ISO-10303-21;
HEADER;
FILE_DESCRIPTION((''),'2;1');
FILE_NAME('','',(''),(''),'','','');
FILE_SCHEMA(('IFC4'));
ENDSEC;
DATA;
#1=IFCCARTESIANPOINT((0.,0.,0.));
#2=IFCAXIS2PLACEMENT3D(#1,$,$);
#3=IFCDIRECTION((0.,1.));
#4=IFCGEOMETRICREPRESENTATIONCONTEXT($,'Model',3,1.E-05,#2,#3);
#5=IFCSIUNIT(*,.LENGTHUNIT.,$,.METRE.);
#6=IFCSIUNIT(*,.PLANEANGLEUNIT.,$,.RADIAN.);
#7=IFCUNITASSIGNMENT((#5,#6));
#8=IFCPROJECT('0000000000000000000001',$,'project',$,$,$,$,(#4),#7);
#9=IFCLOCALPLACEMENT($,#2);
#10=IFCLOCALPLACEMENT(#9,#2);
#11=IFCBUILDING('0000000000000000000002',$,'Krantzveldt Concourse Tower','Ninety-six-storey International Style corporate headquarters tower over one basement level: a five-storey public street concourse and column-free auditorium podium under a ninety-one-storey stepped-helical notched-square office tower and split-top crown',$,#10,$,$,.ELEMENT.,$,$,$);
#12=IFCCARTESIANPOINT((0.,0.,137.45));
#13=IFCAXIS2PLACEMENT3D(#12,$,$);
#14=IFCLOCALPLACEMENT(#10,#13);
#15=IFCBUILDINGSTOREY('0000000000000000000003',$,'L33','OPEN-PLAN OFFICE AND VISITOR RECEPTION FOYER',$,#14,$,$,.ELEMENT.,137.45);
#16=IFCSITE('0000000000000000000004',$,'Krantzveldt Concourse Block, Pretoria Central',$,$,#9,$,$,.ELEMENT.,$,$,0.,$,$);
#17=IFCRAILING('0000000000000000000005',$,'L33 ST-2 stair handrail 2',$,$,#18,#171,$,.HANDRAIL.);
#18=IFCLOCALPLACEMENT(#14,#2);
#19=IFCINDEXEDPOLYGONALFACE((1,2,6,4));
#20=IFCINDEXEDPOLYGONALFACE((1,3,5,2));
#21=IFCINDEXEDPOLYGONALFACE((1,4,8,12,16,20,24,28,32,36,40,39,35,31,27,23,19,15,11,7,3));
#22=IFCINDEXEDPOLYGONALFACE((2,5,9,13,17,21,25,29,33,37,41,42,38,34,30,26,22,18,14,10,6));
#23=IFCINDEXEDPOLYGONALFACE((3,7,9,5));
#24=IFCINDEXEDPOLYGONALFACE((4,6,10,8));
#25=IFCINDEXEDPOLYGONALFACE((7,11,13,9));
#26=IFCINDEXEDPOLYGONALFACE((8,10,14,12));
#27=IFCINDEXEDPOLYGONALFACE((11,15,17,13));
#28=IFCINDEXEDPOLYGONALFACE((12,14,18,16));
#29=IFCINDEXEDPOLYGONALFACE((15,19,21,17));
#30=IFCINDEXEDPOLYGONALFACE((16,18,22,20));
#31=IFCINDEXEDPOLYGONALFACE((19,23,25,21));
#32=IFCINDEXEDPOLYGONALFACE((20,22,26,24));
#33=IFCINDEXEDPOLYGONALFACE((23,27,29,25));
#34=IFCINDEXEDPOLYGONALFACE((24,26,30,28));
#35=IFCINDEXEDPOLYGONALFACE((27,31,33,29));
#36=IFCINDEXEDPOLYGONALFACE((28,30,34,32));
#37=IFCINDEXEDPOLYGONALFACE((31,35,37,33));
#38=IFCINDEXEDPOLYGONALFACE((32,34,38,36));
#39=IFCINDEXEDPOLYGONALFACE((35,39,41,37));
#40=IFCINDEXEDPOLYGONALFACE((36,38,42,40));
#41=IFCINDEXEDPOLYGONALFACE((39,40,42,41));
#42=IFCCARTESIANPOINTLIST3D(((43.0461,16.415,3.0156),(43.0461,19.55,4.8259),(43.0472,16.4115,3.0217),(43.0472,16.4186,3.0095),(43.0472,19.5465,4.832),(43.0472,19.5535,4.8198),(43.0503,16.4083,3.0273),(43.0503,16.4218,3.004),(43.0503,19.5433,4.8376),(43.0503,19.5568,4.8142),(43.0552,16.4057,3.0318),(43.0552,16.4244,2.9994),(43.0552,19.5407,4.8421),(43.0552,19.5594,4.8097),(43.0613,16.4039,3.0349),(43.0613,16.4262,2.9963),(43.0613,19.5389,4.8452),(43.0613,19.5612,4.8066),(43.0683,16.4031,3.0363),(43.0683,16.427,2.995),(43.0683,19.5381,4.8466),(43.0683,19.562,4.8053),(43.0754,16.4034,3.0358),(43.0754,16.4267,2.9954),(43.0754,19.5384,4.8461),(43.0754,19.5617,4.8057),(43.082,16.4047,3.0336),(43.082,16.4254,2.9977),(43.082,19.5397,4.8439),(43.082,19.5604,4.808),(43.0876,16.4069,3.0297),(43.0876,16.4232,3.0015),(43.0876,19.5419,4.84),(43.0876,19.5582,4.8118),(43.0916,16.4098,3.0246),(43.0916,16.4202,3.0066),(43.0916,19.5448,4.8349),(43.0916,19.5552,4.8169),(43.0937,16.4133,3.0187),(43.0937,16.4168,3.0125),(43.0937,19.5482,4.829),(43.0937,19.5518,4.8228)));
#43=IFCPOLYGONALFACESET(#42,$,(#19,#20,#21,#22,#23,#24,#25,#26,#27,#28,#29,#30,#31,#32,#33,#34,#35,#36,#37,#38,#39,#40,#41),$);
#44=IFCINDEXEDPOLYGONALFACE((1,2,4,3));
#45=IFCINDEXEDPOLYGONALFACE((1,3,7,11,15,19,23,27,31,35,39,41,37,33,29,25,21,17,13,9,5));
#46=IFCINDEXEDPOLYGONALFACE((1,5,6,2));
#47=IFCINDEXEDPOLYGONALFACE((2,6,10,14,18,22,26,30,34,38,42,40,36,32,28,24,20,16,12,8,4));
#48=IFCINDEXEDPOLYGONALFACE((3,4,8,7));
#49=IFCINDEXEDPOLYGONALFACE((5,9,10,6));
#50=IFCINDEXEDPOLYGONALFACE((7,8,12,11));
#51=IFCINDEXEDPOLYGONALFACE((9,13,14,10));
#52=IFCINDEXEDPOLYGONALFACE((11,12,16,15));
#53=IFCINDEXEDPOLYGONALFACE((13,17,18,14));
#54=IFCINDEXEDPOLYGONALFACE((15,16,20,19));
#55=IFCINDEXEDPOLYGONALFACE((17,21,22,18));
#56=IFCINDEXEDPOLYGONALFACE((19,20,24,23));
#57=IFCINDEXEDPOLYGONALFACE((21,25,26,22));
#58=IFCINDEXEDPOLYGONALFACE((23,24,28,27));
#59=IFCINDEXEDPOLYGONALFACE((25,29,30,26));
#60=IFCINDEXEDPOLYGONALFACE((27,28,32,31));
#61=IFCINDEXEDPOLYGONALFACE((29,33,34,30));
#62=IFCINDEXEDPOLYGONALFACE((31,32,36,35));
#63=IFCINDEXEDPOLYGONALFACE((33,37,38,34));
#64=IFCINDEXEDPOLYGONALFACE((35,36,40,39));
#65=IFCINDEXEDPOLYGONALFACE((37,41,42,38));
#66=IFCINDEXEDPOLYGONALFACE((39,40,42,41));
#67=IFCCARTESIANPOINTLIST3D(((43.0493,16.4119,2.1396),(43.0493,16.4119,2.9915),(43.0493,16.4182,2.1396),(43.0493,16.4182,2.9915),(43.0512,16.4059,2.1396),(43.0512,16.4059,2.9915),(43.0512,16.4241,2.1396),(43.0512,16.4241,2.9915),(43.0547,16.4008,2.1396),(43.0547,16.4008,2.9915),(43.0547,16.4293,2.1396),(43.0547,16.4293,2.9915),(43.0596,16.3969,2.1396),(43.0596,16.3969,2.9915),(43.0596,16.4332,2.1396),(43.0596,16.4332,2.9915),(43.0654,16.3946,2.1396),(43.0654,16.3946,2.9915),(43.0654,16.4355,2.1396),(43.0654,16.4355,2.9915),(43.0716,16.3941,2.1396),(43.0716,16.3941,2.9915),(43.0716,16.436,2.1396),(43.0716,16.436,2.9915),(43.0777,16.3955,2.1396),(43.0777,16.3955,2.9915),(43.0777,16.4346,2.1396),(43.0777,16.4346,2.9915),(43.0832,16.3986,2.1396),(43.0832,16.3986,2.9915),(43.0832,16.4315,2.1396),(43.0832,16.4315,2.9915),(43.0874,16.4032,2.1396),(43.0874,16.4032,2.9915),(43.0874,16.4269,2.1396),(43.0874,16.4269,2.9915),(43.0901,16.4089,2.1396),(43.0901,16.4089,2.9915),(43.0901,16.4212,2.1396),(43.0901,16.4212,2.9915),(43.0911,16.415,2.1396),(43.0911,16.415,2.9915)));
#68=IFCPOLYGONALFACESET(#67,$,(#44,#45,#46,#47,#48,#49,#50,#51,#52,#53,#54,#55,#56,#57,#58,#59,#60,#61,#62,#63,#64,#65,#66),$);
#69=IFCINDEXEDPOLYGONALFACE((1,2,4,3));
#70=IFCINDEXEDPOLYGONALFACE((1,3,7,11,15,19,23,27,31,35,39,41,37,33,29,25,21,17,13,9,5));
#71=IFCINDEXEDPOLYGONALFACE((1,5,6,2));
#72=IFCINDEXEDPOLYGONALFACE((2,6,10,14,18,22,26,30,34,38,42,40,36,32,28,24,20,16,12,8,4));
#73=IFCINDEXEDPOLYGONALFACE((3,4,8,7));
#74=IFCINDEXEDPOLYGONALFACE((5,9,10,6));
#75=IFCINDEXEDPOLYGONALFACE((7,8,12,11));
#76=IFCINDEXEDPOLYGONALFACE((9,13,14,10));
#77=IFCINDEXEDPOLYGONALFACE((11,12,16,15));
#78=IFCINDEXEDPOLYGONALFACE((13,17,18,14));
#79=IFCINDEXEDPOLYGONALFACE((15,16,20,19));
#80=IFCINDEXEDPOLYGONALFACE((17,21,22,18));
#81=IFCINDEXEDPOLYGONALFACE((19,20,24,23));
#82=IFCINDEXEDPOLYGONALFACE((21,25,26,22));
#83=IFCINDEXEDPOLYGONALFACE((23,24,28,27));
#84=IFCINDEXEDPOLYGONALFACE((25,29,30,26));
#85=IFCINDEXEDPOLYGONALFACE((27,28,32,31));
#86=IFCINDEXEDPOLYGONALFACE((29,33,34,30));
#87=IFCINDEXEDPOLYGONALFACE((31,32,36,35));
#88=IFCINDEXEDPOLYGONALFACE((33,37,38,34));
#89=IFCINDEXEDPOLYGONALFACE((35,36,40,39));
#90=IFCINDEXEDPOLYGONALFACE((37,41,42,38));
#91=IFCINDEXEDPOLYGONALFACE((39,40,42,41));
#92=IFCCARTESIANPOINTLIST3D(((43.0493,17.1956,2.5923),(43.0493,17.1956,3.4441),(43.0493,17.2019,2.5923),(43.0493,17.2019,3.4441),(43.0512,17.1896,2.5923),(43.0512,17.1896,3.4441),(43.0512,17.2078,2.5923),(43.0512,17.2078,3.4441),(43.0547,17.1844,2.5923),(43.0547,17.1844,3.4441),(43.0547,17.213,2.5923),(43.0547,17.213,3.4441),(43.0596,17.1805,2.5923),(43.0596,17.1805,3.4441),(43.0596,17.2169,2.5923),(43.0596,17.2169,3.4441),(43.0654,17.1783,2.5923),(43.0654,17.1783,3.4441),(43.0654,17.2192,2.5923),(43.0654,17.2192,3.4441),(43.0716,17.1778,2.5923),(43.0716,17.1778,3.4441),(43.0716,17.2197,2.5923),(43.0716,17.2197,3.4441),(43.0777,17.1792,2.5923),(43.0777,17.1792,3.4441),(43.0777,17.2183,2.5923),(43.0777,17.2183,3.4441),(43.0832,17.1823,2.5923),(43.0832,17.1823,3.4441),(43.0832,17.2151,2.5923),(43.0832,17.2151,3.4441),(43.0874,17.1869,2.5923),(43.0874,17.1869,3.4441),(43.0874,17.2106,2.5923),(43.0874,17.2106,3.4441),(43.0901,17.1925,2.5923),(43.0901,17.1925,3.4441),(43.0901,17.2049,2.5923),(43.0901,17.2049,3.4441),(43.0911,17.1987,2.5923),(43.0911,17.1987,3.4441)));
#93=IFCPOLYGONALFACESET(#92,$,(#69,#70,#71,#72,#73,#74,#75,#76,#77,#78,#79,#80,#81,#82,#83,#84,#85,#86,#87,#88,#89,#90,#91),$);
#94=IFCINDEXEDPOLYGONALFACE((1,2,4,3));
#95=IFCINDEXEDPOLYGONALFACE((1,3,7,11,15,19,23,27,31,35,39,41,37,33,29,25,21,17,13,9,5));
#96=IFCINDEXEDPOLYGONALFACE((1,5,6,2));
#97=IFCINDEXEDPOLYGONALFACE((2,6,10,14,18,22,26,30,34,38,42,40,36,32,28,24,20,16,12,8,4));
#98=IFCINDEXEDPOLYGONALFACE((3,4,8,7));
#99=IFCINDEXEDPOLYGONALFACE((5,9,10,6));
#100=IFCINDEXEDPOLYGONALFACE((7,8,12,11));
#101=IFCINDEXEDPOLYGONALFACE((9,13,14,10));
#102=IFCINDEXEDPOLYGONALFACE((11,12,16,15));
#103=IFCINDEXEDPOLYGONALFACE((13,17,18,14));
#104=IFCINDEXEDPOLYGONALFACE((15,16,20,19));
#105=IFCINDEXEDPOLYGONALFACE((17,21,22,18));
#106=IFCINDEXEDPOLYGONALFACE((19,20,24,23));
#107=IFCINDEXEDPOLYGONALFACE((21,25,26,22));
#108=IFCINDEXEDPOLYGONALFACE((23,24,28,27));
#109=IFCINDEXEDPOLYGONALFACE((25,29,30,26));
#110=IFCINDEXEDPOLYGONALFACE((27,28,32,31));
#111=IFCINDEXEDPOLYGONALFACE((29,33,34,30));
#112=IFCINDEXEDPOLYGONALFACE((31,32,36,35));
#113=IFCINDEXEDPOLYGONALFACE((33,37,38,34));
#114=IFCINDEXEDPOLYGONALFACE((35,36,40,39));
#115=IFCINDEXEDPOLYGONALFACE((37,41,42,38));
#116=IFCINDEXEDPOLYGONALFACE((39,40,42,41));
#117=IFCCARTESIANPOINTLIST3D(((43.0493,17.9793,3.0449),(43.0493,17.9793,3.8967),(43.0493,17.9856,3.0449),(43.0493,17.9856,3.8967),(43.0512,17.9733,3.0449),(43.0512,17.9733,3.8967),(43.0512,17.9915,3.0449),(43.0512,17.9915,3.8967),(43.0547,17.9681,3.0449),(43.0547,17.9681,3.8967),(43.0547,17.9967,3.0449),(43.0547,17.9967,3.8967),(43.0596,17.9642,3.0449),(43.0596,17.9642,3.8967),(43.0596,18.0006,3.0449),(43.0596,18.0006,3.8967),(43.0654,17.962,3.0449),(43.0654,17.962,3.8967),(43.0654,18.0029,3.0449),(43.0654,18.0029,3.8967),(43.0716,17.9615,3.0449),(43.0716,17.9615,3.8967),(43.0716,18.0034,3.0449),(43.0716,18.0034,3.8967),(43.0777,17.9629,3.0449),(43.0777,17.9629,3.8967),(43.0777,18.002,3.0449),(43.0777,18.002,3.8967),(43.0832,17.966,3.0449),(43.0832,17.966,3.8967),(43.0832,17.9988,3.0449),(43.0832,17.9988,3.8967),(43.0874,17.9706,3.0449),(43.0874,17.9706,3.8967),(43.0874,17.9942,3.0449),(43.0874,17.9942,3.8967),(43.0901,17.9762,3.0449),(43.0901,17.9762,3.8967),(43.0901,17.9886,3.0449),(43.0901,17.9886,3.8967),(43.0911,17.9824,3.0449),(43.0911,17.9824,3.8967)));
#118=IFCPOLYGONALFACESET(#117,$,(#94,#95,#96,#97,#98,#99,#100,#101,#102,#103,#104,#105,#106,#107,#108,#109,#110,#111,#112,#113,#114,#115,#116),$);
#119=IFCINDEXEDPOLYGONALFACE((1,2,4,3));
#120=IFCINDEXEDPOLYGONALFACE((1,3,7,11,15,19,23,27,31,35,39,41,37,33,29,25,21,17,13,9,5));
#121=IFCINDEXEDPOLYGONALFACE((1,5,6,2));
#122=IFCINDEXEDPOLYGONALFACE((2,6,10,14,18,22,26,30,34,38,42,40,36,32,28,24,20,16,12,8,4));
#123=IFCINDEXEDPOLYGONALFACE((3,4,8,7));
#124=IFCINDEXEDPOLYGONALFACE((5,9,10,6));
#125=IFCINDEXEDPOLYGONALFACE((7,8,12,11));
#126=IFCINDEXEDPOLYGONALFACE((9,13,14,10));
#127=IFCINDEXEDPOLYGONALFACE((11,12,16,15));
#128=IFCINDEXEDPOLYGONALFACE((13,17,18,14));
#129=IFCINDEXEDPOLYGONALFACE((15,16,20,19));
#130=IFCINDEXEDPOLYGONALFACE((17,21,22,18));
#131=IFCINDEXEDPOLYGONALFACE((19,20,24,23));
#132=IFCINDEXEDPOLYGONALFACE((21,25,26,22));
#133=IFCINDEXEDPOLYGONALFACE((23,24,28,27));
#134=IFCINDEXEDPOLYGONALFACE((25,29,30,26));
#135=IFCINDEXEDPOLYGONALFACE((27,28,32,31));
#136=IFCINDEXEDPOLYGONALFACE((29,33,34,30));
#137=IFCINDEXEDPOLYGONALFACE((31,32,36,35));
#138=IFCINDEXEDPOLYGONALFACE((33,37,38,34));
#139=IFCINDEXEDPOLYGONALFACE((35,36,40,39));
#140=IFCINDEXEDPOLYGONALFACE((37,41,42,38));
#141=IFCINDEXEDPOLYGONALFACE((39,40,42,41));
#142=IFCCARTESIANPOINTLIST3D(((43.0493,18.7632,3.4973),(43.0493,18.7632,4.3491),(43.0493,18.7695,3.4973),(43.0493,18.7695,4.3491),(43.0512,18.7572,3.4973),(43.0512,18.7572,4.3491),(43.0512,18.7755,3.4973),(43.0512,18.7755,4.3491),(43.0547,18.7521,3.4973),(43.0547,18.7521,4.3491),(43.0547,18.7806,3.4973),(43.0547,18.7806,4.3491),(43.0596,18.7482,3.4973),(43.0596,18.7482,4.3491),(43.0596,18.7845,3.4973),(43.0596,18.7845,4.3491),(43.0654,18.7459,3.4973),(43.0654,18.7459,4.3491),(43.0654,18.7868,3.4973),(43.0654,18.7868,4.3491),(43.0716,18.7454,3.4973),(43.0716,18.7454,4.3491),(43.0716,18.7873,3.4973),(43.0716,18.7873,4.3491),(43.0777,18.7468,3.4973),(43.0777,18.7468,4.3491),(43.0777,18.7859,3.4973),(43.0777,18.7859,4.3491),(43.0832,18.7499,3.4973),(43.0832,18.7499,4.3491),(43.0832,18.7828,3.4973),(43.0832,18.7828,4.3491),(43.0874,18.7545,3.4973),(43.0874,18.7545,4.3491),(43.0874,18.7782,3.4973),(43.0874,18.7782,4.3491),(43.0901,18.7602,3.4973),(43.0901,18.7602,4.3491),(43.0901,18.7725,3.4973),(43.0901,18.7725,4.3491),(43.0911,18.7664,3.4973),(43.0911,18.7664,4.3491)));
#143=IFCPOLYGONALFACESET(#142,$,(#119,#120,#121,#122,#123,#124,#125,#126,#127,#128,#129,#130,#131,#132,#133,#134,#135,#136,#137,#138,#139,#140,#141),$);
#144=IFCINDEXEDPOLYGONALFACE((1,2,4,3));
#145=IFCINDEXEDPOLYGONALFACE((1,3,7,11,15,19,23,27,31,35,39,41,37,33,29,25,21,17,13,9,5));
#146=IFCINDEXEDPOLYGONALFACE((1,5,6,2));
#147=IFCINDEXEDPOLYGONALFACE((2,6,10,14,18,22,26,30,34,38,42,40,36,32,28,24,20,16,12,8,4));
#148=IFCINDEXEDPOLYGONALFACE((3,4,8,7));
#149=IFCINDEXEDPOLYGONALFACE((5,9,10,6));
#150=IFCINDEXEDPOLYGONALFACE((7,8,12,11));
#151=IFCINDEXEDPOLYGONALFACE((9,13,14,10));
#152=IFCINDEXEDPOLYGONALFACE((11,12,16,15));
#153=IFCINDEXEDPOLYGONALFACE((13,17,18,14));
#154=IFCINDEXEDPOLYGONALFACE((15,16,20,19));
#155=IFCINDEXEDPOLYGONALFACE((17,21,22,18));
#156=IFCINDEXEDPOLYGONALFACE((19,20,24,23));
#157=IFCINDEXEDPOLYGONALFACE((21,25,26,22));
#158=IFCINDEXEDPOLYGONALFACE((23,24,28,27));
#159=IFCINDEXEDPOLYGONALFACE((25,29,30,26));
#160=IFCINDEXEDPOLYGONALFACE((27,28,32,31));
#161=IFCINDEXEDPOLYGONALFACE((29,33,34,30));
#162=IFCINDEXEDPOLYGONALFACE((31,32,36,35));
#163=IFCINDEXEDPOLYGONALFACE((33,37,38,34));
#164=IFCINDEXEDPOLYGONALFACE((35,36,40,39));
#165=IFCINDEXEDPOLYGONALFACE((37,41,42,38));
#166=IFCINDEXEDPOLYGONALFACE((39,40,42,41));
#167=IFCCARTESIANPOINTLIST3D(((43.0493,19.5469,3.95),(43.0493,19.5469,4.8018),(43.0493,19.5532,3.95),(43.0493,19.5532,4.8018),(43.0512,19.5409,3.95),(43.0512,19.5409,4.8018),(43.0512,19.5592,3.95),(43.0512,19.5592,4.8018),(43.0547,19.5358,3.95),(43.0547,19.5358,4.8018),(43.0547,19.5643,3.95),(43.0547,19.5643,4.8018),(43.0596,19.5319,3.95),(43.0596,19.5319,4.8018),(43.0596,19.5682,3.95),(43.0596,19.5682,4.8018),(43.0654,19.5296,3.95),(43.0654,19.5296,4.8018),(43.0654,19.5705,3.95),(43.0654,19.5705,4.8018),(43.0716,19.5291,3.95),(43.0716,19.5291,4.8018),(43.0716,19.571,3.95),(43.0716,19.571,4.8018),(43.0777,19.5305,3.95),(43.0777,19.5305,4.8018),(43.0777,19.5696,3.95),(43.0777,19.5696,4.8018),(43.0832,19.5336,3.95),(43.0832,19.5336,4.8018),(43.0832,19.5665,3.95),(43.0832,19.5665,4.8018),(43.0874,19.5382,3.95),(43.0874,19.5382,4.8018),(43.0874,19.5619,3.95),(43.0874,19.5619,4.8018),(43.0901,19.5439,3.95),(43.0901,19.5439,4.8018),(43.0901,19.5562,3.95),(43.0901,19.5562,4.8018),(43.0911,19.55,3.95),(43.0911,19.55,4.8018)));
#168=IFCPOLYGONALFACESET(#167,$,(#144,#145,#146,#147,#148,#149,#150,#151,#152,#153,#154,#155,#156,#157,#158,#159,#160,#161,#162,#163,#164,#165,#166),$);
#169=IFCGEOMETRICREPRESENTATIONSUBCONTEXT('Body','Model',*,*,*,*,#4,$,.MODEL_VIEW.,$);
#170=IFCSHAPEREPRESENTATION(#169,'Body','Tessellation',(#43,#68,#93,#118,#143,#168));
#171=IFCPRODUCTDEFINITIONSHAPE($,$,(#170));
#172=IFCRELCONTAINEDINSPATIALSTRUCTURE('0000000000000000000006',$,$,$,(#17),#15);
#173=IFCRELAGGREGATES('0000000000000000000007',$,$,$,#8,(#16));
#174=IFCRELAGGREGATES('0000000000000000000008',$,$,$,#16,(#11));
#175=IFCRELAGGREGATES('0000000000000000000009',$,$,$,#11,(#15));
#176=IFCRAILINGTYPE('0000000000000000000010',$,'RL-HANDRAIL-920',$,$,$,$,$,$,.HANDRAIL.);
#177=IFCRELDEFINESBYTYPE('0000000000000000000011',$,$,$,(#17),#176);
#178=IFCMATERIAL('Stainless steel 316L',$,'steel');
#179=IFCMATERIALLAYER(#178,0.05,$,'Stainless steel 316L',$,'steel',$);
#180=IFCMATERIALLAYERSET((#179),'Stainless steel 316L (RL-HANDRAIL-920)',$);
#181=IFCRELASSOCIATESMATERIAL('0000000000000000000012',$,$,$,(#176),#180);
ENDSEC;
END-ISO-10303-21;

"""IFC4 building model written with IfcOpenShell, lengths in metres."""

from ifc_helpers import new_model, si_unit, direction, frame, origin, origin_2d, place, context, subcontext, project, spatial, circle, extrude, material, layer, layer_set, type_object, element, save


model = new_model("IFC4")

# Units and contexts
model_context = context("Model", 3, precision=1e-05, world=origin(), true_north=direction((0.0, 1.0)))
body_context = subcontext(model_context, "Body", "Model", "MODEL_VIEW")
ifc_project = project(units=[si_unit("LENGTHUNIT", "METRE"), si_unit("PLANEANGLEUNIT", "RADIAN")], contexts=[model_context])

# Site, building, storey
site_placement = place(None, origin())
site = spatial("IfcSite", under=ifc_project, at=site_placement, Name="Krantzveldt Concourse Block, Pretoria Central", CompositionType="ELEMENT", RefElevation=0.0)
building_placement = place(site_placement, origin())
building = spatial("IfcBuilding", under=site, at=building_placement, Name="Krantzveldt Concourse Tower", Description="Ninety-six-storey International Style corporate headquarters tower over one basement level: a five-storey public street concourse and column-free auditorium podium under a ninety-one-storey stepped-helical notched-square office tower and split-top crown", CompositionType="ELEMENT")
storey_placement = place(building_placement, frame((0.0, 0.0, 137.45)))
storey = spatial("IfcBuildingStorey", under=building, at=storey_placement, Name="L33", Description="OPEN-PLAN OFFICE AND VISITOR RECEPTION FOYER", CompositionType="ELEMENT", Elevation=137.45)

# Shared definitions
ifc_material_1 = material(Name="Stainless steel 316L", Category="steel")

# Railing
ifc_layer_1 = layer(ifc_material_1, 0.05, Name="Stainless steel 316L", Category="steel")
ifc_layer_set_1 = layer_set([ifc_layer_1], Name="Stainless steel 316L (RL-HANDRAIL-920)")
railing_type_1 = type_object("IfcRailingType", Name="RL-HANDRAIL-920", PredefinedType="HANDRAIL", material=ifc_layer_set_1)
railing_1_placement = place(storey_placement, frame((43.0701, 16.415, 2.1396)))
element("IfcRailing", 1, at=railing_1_placement, inside=storey, type_object=railing_type_1, Name="L33 ST-2 stair handrail 2", PredefinedType="HANDRAIL", context=body_context, shape_type="SweptSolid", body=[
    extrude(circle(Radius=0.0239, at=origin_2d()), frame((0.0, 0.0, 0.876), z_axis=(0.0, 0.865989, 0.500063), x_axis=(-1.0, 0.0, 0.0)), (0.0, 0.0, 1.0), 3.6201),
    extrude(circle(Radius=0.021, at=origin_2d()), origin(), (0.0, 0.0, 1.0), 0.8518),
    extrude(circle(Radius=0.021, at=origin_2d()), frame((0.0, 0.7837, 0.4526)), (0.0, 0.0, 1.0), 0.8518),
    extrude(circle(Radius=0.021, at=origin_2d()), frame((0.0, 1.5674, 0.9053)), (0.0, 0.0, 1.0), 0.8518),
    extrude(circle(Radius=0.021, at=origin_2d()), frame((0.0, 2.3513, 1.3577)), (0.0, 0.0, 1.0), 0.8518),
    extrude(circle(Radius=0.021, at=origin_2d()), frame((0.0, 3.135, 1.8103)), (0.0, 0.0, 1.0), 0.8518),
])

save(model, "model.ifc")
